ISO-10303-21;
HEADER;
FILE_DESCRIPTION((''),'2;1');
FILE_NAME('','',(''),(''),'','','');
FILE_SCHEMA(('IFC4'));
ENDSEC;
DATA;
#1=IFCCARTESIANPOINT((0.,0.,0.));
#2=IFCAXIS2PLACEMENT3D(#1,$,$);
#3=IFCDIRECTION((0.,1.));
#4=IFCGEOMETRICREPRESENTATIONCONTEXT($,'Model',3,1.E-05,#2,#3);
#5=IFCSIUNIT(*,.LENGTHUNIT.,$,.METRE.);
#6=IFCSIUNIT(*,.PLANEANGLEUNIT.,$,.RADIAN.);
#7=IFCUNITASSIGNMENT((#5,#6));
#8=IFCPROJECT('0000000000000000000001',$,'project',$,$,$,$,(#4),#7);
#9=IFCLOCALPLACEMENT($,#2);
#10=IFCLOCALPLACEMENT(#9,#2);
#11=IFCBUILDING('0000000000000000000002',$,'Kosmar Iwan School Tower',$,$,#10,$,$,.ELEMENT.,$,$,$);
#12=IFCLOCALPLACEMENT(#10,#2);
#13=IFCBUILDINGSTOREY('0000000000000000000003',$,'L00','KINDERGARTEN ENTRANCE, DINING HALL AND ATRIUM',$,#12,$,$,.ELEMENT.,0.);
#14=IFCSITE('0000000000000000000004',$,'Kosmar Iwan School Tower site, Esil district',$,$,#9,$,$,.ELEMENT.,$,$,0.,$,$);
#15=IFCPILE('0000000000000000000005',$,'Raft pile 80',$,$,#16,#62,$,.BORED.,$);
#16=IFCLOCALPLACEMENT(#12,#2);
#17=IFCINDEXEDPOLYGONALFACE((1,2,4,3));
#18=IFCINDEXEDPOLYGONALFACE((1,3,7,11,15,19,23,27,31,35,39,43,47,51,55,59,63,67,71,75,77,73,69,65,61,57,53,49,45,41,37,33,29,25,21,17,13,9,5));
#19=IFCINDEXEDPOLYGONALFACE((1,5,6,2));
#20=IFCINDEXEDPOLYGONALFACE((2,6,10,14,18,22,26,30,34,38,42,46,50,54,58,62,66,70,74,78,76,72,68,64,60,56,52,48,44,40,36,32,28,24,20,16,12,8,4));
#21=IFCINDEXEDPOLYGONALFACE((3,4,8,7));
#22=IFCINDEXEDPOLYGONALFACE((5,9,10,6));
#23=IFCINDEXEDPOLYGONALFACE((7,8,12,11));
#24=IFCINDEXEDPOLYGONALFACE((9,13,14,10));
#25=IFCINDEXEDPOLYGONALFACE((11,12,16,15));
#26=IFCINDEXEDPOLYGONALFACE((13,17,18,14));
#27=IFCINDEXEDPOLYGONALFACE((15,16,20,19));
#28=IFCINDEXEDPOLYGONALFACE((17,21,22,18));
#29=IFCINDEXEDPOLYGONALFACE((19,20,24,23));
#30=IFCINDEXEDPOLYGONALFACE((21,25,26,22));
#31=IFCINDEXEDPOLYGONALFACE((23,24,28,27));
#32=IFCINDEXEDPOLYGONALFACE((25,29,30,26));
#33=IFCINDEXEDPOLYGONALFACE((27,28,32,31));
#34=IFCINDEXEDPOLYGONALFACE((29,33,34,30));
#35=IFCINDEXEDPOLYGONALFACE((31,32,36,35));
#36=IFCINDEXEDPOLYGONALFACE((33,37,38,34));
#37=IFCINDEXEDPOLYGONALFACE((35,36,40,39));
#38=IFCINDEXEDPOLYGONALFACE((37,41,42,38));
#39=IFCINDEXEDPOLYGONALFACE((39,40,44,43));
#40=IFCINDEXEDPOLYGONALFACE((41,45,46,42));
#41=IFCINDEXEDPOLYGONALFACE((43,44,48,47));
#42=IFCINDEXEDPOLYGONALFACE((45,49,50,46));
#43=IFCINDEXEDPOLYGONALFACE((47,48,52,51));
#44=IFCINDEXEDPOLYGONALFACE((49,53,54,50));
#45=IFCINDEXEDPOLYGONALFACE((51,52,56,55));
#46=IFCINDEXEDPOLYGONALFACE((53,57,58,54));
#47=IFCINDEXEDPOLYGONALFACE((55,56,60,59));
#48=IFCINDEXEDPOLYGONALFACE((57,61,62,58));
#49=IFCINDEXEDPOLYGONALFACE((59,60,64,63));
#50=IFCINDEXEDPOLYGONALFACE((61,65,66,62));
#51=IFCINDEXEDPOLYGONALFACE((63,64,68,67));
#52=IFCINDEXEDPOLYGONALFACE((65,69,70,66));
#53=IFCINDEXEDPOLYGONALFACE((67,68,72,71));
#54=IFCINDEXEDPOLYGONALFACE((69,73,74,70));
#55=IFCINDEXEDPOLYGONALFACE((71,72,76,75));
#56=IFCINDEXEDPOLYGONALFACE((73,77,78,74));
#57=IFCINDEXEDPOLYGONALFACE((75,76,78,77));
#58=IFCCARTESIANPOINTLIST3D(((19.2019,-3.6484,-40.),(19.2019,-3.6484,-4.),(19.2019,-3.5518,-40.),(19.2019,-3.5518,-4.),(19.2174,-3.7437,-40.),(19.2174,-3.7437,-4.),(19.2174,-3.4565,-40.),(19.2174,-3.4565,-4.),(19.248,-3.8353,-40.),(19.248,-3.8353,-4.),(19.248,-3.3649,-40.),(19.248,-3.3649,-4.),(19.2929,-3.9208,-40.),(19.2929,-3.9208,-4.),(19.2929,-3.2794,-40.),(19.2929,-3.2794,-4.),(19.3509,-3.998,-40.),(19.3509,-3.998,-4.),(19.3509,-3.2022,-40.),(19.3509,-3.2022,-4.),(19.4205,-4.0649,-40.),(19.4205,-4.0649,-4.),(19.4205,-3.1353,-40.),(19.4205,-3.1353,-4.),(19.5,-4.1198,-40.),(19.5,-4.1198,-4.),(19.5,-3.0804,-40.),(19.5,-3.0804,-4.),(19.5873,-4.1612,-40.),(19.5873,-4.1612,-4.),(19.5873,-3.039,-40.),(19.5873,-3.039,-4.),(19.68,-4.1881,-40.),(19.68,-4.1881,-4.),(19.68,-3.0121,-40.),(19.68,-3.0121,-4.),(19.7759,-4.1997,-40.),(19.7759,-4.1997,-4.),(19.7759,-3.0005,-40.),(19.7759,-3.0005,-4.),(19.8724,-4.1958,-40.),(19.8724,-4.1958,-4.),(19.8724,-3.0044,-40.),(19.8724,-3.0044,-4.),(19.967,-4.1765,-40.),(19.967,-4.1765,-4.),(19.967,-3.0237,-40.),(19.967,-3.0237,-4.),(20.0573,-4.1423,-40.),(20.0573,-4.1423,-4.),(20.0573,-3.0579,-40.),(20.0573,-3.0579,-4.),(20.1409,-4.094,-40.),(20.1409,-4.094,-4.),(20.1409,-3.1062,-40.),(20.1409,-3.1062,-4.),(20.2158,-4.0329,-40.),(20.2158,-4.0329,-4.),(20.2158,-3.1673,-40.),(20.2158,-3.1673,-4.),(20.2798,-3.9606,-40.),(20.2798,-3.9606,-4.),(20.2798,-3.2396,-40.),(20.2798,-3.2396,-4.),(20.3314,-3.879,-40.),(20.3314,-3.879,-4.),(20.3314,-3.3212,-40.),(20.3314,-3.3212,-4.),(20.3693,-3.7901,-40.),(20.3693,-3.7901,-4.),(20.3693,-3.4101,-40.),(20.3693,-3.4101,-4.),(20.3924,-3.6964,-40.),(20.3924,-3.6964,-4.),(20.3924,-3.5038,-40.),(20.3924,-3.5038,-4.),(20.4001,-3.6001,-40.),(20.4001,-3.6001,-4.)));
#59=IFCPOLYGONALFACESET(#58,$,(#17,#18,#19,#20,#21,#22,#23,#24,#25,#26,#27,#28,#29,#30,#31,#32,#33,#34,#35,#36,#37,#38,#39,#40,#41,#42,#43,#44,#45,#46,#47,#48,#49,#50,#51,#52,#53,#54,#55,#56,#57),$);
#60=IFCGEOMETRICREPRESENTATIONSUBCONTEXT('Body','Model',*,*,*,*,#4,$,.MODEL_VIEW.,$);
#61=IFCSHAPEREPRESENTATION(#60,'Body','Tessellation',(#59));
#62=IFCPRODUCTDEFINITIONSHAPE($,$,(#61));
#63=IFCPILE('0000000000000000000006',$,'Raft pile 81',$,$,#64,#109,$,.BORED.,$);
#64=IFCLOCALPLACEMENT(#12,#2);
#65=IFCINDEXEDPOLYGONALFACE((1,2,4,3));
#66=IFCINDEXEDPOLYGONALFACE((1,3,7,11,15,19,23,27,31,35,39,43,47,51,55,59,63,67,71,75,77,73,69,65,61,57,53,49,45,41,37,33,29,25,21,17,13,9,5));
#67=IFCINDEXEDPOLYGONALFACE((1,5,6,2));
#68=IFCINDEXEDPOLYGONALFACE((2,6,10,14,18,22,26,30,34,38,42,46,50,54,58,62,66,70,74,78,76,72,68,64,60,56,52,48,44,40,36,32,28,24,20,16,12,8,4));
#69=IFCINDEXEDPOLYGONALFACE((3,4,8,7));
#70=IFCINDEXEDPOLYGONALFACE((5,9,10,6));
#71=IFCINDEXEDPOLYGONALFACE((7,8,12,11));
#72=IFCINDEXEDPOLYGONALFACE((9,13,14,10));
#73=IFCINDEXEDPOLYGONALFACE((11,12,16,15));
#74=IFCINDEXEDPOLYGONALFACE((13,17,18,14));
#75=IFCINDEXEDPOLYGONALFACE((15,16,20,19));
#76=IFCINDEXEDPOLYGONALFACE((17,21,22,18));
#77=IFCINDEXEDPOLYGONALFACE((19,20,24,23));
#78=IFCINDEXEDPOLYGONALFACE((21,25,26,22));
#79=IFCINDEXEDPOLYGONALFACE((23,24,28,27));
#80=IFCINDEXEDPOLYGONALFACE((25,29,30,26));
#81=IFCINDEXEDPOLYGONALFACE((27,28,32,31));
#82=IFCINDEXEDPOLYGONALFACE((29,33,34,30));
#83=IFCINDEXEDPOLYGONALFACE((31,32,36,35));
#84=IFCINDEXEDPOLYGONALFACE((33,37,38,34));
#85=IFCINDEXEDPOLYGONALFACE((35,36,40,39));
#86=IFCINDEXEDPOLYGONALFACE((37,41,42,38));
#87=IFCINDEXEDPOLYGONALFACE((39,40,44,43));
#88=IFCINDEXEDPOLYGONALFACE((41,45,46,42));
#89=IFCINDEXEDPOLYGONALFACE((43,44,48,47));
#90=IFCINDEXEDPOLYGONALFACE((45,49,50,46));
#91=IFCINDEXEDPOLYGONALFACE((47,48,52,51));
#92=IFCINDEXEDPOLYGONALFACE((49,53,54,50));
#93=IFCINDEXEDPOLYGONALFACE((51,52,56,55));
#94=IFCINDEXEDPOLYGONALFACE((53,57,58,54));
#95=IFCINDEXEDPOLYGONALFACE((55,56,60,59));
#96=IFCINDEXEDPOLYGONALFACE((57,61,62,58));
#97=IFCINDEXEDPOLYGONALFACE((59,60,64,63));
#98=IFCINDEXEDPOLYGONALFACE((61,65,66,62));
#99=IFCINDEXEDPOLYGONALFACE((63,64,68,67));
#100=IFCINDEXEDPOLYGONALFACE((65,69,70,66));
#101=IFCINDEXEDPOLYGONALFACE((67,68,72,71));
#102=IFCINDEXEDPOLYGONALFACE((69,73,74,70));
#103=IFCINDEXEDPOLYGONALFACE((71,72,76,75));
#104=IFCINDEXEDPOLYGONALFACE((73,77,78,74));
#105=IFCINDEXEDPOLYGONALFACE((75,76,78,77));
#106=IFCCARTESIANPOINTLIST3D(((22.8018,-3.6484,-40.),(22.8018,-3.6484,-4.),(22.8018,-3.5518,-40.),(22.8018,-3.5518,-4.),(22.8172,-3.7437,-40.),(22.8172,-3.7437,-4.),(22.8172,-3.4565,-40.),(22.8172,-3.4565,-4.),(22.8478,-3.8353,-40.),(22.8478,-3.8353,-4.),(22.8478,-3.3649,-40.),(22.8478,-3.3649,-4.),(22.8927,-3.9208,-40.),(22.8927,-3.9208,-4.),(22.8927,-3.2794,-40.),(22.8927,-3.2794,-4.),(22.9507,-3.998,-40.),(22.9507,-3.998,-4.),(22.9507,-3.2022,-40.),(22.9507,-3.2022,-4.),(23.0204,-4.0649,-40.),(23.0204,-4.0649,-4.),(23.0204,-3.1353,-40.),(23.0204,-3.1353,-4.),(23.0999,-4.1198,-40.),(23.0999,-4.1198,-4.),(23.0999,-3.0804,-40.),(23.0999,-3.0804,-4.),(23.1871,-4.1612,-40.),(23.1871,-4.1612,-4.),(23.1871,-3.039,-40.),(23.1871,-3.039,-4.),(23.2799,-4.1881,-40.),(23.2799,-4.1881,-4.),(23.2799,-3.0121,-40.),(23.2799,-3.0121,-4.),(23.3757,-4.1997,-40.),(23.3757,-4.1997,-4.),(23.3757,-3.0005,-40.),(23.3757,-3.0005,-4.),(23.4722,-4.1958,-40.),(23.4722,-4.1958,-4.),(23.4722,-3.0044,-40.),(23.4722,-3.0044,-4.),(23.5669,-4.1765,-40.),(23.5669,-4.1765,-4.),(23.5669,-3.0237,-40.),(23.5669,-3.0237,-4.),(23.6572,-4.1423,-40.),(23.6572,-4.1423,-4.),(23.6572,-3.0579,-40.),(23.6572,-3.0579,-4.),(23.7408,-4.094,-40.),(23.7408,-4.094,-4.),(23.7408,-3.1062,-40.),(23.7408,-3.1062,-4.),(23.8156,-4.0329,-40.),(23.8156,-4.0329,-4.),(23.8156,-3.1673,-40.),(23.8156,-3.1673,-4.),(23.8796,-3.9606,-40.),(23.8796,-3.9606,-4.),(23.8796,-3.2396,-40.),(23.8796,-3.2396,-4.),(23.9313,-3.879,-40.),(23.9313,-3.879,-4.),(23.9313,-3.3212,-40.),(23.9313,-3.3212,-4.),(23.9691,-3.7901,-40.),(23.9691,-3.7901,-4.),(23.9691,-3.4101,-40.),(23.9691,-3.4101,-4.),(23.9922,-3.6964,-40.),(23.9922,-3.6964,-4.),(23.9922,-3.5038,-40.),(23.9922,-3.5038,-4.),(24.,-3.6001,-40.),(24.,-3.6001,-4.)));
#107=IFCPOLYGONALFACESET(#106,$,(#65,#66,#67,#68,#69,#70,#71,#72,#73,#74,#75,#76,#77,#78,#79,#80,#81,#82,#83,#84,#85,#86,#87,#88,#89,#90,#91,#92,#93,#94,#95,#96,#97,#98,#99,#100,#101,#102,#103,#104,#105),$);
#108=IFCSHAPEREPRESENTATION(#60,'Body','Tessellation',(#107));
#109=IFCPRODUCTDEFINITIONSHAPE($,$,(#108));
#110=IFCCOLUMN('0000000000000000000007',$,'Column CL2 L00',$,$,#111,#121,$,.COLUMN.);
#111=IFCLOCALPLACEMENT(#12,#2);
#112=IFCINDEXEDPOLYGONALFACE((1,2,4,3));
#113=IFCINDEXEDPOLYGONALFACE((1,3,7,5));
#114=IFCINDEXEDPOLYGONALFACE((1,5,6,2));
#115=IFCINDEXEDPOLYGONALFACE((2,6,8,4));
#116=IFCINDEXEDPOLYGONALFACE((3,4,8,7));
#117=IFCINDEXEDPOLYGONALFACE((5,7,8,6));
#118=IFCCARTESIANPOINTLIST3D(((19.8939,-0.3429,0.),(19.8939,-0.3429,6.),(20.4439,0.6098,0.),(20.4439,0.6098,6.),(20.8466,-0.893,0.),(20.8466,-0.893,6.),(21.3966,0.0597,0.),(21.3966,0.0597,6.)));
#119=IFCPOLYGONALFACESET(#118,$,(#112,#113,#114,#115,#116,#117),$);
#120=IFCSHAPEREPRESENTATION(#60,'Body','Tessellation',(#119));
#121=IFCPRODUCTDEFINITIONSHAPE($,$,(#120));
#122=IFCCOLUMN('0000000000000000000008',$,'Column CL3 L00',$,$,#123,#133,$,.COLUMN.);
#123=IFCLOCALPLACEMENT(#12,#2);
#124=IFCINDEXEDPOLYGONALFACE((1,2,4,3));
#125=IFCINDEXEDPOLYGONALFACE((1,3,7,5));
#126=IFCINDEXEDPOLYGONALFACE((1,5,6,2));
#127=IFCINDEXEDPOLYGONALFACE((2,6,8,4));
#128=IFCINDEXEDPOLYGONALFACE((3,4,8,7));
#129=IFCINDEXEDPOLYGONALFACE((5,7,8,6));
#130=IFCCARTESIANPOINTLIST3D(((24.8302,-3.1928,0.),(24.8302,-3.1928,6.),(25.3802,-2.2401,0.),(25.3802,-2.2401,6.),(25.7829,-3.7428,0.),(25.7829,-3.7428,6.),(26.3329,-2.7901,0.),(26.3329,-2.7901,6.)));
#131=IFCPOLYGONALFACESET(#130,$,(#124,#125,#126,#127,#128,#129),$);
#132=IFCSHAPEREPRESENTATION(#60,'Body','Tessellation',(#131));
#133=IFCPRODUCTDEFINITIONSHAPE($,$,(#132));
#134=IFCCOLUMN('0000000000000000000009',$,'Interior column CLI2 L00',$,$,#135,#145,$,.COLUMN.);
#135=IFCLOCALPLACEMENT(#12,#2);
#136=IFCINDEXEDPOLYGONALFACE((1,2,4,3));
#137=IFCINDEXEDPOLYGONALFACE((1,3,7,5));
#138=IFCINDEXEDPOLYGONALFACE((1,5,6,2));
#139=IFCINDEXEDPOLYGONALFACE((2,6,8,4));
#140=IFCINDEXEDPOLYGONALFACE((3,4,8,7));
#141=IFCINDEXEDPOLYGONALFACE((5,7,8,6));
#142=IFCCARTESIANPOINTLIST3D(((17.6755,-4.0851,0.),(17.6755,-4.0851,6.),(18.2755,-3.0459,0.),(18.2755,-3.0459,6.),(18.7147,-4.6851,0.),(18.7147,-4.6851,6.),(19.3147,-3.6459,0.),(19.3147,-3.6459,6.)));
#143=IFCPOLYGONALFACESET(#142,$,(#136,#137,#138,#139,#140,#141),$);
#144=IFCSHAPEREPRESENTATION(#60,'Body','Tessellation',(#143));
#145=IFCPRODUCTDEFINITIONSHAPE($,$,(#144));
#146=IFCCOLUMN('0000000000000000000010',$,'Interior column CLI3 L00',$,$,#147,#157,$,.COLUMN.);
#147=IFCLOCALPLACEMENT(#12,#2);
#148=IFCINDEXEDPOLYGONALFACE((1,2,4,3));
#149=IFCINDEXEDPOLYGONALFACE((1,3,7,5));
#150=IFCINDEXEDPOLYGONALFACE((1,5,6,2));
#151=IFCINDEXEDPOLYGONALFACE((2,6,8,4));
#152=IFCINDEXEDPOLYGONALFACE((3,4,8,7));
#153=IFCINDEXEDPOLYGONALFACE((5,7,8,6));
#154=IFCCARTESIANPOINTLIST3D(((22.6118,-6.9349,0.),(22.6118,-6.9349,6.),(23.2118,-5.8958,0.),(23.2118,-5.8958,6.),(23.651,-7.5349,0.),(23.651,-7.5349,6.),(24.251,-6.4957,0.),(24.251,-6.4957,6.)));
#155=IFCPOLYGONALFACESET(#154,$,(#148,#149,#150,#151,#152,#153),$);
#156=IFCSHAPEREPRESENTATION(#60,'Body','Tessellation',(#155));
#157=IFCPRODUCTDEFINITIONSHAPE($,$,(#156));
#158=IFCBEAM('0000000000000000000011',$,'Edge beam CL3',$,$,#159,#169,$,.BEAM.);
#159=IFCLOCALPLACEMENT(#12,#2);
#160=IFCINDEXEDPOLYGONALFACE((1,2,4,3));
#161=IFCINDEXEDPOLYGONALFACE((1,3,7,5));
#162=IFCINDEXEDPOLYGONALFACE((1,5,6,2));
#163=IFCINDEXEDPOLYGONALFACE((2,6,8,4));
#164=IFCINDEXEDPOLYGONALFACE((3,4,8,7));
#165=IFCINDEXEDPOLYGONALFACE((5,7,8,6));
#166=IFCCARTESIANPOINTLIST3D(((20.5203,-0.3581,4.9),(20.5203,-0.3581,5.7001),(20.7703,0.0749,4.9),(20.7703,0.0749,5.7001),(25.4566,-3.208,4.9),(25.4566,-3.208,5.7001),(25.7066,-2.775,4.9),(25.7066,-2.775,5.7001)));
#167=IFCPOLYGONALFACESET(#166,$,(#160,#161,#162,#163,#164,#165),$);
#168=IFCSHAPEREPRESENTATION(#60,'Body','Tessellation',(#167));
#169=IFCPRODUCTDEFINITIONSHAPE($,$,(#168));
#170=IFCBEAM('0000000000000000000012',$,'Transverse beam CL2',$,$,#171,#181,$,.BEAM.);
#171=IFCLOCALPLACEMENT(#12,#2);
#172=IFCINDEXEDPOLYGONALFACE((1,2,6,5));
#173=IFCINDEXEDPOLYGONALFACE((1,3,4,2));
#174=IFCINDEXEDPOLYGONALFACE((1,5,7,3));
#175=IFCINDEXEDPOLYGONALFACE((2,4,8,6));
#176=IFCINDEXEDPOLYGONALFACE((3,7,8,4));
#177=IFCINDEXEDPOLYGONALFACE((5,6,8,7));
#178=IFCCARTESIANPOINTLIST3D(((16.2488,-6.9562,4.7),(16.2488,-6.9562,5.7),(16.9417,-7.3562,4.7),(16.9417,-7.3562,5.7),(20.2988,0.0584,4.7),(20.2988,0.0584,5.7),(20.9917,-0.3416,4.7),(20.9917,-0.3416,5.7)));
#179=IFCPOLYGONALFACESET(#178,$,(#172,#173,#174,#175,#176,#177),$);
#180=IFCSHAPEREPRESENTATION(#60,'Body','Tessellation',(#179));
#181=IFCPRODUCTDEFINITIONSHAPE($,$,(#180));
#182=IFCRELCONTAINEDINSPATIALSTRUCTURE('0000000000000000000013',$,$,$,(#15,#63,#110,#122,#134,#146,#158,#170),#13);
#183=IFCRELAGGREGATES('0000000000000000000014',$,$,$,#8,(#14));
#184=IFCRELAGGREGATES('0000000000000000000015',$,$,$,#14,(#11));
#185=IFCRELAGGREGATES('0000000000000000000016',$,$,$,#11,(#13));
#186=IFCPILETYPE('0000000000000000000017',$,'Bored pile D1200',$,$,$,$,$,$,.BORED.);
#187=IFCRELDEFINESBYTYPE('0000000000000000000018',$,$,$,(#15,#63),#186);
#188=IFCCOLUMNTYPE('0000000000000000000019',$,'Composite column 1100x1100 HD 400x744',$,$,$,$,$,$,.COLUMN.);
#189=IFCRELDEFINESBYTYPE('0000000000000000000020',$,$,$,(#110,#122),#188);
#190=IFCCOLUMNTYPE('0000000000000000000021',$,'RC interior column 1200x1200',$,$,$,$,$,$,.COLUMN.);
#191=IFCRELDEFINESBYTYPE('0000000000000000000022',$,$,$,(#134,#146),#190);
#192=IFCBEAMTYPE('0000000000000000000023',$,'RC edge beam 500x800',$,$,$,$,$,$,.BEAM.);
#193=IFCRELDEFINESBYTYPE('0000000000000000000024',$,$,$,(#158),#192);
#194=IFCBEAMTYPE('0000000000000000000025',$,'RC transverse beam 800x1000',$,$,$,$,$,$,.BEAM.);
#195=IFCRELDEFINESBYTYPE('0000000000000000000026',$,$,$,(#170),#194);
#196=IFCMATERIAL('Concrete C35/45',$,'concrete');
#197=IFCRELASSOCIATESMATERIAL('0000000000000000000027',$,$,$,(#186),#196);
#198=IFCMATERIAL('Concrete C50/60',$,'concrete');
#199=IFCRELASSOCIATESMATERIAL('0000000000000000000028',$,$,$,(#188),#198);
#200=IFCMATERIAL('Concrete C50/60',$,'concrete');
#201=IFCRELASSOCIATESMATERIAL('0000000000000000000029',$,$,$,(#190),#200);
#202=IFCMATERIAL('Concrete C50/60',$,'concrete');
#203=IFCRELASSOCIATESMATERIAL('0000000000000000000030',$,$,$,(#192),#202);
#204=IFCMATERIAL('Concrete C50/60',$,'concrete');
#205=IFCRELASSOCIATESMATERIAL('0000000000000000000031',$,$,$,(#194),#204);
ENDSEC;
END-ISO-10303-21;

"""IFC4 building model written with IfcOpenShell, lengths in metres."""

from ifc_helpers import new_model, si_unit, direction, frame, origin, origin_2d, place, context, subcontext, project, spatial, rectangle, circle, extrude, material, material_profile, profile_set, type_object, element, save


model = new_model("IFC4")

# Units and contexts
model_context = context("Model", 3, precision=1e-05, world=origin(), true_north=direction((0.0, 1.0)))
body_context = subcontext(model_context, "Body", "Model", "MODEL_VIEW")
ifc_project = project(units=[si_unit("LENGTHUNIT", "METRE"), si_unit("PLANEANGLEUNIT", "RADIAN")], contexts=[model_context])

# Site, building, storey
site_placement = place(None, origin())
site = spatial("IfcSite", under=ifc_project, at=site_placement, Name="Kosmar Iwan School Tower site, Esil district", CompositionType="ELEMENT", RefElevation=0.0)
building_placement = place(site_placement, origin())
building = spatial("IfcBuilding", under=site, at=building_placement, Name="Kosmar Iwan School Tower", CompositionType="ELEMENT")
storey_placement = place(building_placement, origin())
storey = spatial("IfcBuildingStorey", under=building, at=storey_placement, Name="L00", Description="KINDERGARTEN ENTRANCE, DINING HALL AND ATRIUM", CompositionType="ELEMENT", Elevation=0.0)

# Piles
ifc_material_1 = material(Name="Concrete C35/45", Category="concrete")
ifc_material_profile_1 = material_profile(ifc_material_1, circle(Radius=0.6001, at=origin_2d()), Name="D1200")
ifc_profile_set_1 = profile_set([ifc_material_profile_1], Name="Concrete C35/45")
pile_type = type_object("IfcPileType", Name="Bored pile D1200", PredefinedType="BORED", material=ifc_profile_set_1)
for number, where, z_axis, x_axis, name in (
    (1, (19.8, -3.6001, -4.0), (0.0, 0.0, -1.0), (1.0, 0.0, 0.0), "Raft pile 80"),
    (2, (23.3999, -3.6001, -4.0), (0.0, 0.0, -1.0), (1.0, 0.0, 0.0), "Raft pile 81"),
):
    element("IfcPile", number, at=place(storey_placement, frame(where, z_axis=z_axis, x_axis=x_axis)), inside=storey, type_object=pile_type, Name=name, PredefinedType="BORED", context=body_context, shape_type="SweptSolid", body=[
        extrude(circle(Radius=0.6001, at=origin_2d()), origin(), (0.0, 0.0, 1.0), 36.0),
    ])

# Columns
ifc_material_2 = material(Name="Concrete C50/60", Category="concrete")
ifc_material_profile_2 = material_profile(ifc_material_2, rectangle(XDim=1.1001, YDim=1.1001, at=origin_2d()), Name="RC 1100x1100 + HD 400x744")
ifc_profile_set_2 = profile_set([ifc_material_profile_2], Name="Concrete C50/60")
column_type_1 = type_object("IfcColumnType", Name="Composite column 1100x1100 HD 400x744", PredefinedType="COLUMN", material=ifc_profile_set_2)
for number, where, z_axis, x_axis, name in (
    (3, (20.6453, -0.1416, 0.0), (0.0, 0.0, 1.0), (0.866025, -0.5, 0.0), "Column CL2 L00"),
    (4, (25.5815, -2.9915, 0.0), (0.0, 0.0, 1.0), (0.866025, -0.5, 0.0), "Column CL3 L00"),
):
    element("IfcColumn", number, at=place(storey_placement, frame(where, z_axis=z_axis, x_axis=x_axis)), inside=storey, type_object=column_type_1, Name=name, PredefinedType="COLUMN", context=body_context, shape_type="SweptSolid", body=[
        extrude(rectangle(XDim=1.1001, YDim=1.1001, at=origin_2d()), origin(), (0.0, 0.0, 1.0), 6.0),
    ])
ifc_material_3 = material(Name="Concrete C50/60", Category="concrete")
ifc_material_profile_3 = material_profile(ifc_material_3, rectangle(XDim=1.2, YDim=1.2, at=origin_2d()), Name="RC 1200x1200")
ifc_profile_set_3 = profile_set([ifc_material_profile_3], Name="Concrete C50/60")
column_type_2 = type_object("IfcColumnType", Name="RC interior column 1200x1200", PredefinedType="COLUMN", material=ifc_profile_set_3)
for number, where, z_axis, x_axis, name in (
    (5, (18.4951, -3.8655, 0.0), (0.0, 0.0, 1.0), (0.866025, -0.5, 0.0), "Interior column CLI2 L00"),
    (6, (23.4314, -6.7153, 0.0), (0.0, 0.0, 1.0), (0.866025, -0.5, 0.0), "Interior column CLI3 L00"),
):
    element("IfcColumn", number, at=place(storey_placement, frame(where, z_axis=z_axis, x_axis=x_axis)), inside=storey, type_object=column_type_2, Name=name, PredefinedType="COLUMN", context=body_context, shape_type="SweptSolid", body=[
        extrude(rectangle(XDim=1.2, YDim=1.2, at=origin_2d()), origin(), (0.0, 0.0, 1.0), 6.0),
    ])

# Beams
ifc_material_4 = material(Name="Concrete C50/60", Category="concrete")
ifc_material_profile_4 = material_profile(ifc_material_4, rectangle(XDim=0.5, YDim=0.8, at=origin_2d()), Name="RC 500x800")
ifc_profile_set_4 = profile_set([ifc_material_profile_4], Name="Concrete C50/60")
beam_type_1 = type_object("IfcBeamType", Name="RC edge beam 500x800", PredefinedType="BEAM", material=ifc_profile_set_4)
beam_1_placement = place(storey_placement, frame((20.6453, -0.1416, 5.3), z_axis=(0.866034, -0.499986, 0.0), x_axis=(0.499986, 0.866034, 0.0)))
element("IfcBeam", 7, at=beam_1_placement, inside=storey, type_object=beam_type_1, Name="Edge beam CL3", PredefinedType="BEAM", context=body_context, shape_type="SweptSolid", body=[
    extrude(rectangle(XDim=0.5, YDim=0.8, at=origin_2d()), origin(), (0.0, 0.0, 1.0), 5.7),
])
ifc_material_5 = material(Name="Concrete C50/60", Category="concrete")
ifc_material_profile_5 = material_profile(ifc_material_5, rectangle(XDim=0.8, YDim=1.0, at=origin_2d()), Name="RC 800x1000")
ifc_profile_set_5 = profile_set([ifc_material_profile_5], Name="Concrete C50/60")
beam_type_2 = type_object("IfcBeamType", Name="RC transverse beam 800x1000", PredefinedType="BEAM", material=ifc_profile_set_5)
beam_2_placement = place(storey_placement, frame((20.6453, -0.1416, 5.2), z_axis=(-0.500013, -0.866018, 0.0), x_axis=(0.866018, -0.500013, 0.0)))
element("IfcBeam", 8, at=beam_2_placement, inside=storey, type_object=beam_type_2, Name="Transverse beam CL2", PredefinedType="BEAM", context=body_context, shape_type="SweptSolid", body=[
    extrude(rectangle(XDim=0.8, YDim=1.0, at=origin_2d()), origin(), (0.0, 0.0, 1.0), 8.0999),
])

save(model, "model.ifc")
